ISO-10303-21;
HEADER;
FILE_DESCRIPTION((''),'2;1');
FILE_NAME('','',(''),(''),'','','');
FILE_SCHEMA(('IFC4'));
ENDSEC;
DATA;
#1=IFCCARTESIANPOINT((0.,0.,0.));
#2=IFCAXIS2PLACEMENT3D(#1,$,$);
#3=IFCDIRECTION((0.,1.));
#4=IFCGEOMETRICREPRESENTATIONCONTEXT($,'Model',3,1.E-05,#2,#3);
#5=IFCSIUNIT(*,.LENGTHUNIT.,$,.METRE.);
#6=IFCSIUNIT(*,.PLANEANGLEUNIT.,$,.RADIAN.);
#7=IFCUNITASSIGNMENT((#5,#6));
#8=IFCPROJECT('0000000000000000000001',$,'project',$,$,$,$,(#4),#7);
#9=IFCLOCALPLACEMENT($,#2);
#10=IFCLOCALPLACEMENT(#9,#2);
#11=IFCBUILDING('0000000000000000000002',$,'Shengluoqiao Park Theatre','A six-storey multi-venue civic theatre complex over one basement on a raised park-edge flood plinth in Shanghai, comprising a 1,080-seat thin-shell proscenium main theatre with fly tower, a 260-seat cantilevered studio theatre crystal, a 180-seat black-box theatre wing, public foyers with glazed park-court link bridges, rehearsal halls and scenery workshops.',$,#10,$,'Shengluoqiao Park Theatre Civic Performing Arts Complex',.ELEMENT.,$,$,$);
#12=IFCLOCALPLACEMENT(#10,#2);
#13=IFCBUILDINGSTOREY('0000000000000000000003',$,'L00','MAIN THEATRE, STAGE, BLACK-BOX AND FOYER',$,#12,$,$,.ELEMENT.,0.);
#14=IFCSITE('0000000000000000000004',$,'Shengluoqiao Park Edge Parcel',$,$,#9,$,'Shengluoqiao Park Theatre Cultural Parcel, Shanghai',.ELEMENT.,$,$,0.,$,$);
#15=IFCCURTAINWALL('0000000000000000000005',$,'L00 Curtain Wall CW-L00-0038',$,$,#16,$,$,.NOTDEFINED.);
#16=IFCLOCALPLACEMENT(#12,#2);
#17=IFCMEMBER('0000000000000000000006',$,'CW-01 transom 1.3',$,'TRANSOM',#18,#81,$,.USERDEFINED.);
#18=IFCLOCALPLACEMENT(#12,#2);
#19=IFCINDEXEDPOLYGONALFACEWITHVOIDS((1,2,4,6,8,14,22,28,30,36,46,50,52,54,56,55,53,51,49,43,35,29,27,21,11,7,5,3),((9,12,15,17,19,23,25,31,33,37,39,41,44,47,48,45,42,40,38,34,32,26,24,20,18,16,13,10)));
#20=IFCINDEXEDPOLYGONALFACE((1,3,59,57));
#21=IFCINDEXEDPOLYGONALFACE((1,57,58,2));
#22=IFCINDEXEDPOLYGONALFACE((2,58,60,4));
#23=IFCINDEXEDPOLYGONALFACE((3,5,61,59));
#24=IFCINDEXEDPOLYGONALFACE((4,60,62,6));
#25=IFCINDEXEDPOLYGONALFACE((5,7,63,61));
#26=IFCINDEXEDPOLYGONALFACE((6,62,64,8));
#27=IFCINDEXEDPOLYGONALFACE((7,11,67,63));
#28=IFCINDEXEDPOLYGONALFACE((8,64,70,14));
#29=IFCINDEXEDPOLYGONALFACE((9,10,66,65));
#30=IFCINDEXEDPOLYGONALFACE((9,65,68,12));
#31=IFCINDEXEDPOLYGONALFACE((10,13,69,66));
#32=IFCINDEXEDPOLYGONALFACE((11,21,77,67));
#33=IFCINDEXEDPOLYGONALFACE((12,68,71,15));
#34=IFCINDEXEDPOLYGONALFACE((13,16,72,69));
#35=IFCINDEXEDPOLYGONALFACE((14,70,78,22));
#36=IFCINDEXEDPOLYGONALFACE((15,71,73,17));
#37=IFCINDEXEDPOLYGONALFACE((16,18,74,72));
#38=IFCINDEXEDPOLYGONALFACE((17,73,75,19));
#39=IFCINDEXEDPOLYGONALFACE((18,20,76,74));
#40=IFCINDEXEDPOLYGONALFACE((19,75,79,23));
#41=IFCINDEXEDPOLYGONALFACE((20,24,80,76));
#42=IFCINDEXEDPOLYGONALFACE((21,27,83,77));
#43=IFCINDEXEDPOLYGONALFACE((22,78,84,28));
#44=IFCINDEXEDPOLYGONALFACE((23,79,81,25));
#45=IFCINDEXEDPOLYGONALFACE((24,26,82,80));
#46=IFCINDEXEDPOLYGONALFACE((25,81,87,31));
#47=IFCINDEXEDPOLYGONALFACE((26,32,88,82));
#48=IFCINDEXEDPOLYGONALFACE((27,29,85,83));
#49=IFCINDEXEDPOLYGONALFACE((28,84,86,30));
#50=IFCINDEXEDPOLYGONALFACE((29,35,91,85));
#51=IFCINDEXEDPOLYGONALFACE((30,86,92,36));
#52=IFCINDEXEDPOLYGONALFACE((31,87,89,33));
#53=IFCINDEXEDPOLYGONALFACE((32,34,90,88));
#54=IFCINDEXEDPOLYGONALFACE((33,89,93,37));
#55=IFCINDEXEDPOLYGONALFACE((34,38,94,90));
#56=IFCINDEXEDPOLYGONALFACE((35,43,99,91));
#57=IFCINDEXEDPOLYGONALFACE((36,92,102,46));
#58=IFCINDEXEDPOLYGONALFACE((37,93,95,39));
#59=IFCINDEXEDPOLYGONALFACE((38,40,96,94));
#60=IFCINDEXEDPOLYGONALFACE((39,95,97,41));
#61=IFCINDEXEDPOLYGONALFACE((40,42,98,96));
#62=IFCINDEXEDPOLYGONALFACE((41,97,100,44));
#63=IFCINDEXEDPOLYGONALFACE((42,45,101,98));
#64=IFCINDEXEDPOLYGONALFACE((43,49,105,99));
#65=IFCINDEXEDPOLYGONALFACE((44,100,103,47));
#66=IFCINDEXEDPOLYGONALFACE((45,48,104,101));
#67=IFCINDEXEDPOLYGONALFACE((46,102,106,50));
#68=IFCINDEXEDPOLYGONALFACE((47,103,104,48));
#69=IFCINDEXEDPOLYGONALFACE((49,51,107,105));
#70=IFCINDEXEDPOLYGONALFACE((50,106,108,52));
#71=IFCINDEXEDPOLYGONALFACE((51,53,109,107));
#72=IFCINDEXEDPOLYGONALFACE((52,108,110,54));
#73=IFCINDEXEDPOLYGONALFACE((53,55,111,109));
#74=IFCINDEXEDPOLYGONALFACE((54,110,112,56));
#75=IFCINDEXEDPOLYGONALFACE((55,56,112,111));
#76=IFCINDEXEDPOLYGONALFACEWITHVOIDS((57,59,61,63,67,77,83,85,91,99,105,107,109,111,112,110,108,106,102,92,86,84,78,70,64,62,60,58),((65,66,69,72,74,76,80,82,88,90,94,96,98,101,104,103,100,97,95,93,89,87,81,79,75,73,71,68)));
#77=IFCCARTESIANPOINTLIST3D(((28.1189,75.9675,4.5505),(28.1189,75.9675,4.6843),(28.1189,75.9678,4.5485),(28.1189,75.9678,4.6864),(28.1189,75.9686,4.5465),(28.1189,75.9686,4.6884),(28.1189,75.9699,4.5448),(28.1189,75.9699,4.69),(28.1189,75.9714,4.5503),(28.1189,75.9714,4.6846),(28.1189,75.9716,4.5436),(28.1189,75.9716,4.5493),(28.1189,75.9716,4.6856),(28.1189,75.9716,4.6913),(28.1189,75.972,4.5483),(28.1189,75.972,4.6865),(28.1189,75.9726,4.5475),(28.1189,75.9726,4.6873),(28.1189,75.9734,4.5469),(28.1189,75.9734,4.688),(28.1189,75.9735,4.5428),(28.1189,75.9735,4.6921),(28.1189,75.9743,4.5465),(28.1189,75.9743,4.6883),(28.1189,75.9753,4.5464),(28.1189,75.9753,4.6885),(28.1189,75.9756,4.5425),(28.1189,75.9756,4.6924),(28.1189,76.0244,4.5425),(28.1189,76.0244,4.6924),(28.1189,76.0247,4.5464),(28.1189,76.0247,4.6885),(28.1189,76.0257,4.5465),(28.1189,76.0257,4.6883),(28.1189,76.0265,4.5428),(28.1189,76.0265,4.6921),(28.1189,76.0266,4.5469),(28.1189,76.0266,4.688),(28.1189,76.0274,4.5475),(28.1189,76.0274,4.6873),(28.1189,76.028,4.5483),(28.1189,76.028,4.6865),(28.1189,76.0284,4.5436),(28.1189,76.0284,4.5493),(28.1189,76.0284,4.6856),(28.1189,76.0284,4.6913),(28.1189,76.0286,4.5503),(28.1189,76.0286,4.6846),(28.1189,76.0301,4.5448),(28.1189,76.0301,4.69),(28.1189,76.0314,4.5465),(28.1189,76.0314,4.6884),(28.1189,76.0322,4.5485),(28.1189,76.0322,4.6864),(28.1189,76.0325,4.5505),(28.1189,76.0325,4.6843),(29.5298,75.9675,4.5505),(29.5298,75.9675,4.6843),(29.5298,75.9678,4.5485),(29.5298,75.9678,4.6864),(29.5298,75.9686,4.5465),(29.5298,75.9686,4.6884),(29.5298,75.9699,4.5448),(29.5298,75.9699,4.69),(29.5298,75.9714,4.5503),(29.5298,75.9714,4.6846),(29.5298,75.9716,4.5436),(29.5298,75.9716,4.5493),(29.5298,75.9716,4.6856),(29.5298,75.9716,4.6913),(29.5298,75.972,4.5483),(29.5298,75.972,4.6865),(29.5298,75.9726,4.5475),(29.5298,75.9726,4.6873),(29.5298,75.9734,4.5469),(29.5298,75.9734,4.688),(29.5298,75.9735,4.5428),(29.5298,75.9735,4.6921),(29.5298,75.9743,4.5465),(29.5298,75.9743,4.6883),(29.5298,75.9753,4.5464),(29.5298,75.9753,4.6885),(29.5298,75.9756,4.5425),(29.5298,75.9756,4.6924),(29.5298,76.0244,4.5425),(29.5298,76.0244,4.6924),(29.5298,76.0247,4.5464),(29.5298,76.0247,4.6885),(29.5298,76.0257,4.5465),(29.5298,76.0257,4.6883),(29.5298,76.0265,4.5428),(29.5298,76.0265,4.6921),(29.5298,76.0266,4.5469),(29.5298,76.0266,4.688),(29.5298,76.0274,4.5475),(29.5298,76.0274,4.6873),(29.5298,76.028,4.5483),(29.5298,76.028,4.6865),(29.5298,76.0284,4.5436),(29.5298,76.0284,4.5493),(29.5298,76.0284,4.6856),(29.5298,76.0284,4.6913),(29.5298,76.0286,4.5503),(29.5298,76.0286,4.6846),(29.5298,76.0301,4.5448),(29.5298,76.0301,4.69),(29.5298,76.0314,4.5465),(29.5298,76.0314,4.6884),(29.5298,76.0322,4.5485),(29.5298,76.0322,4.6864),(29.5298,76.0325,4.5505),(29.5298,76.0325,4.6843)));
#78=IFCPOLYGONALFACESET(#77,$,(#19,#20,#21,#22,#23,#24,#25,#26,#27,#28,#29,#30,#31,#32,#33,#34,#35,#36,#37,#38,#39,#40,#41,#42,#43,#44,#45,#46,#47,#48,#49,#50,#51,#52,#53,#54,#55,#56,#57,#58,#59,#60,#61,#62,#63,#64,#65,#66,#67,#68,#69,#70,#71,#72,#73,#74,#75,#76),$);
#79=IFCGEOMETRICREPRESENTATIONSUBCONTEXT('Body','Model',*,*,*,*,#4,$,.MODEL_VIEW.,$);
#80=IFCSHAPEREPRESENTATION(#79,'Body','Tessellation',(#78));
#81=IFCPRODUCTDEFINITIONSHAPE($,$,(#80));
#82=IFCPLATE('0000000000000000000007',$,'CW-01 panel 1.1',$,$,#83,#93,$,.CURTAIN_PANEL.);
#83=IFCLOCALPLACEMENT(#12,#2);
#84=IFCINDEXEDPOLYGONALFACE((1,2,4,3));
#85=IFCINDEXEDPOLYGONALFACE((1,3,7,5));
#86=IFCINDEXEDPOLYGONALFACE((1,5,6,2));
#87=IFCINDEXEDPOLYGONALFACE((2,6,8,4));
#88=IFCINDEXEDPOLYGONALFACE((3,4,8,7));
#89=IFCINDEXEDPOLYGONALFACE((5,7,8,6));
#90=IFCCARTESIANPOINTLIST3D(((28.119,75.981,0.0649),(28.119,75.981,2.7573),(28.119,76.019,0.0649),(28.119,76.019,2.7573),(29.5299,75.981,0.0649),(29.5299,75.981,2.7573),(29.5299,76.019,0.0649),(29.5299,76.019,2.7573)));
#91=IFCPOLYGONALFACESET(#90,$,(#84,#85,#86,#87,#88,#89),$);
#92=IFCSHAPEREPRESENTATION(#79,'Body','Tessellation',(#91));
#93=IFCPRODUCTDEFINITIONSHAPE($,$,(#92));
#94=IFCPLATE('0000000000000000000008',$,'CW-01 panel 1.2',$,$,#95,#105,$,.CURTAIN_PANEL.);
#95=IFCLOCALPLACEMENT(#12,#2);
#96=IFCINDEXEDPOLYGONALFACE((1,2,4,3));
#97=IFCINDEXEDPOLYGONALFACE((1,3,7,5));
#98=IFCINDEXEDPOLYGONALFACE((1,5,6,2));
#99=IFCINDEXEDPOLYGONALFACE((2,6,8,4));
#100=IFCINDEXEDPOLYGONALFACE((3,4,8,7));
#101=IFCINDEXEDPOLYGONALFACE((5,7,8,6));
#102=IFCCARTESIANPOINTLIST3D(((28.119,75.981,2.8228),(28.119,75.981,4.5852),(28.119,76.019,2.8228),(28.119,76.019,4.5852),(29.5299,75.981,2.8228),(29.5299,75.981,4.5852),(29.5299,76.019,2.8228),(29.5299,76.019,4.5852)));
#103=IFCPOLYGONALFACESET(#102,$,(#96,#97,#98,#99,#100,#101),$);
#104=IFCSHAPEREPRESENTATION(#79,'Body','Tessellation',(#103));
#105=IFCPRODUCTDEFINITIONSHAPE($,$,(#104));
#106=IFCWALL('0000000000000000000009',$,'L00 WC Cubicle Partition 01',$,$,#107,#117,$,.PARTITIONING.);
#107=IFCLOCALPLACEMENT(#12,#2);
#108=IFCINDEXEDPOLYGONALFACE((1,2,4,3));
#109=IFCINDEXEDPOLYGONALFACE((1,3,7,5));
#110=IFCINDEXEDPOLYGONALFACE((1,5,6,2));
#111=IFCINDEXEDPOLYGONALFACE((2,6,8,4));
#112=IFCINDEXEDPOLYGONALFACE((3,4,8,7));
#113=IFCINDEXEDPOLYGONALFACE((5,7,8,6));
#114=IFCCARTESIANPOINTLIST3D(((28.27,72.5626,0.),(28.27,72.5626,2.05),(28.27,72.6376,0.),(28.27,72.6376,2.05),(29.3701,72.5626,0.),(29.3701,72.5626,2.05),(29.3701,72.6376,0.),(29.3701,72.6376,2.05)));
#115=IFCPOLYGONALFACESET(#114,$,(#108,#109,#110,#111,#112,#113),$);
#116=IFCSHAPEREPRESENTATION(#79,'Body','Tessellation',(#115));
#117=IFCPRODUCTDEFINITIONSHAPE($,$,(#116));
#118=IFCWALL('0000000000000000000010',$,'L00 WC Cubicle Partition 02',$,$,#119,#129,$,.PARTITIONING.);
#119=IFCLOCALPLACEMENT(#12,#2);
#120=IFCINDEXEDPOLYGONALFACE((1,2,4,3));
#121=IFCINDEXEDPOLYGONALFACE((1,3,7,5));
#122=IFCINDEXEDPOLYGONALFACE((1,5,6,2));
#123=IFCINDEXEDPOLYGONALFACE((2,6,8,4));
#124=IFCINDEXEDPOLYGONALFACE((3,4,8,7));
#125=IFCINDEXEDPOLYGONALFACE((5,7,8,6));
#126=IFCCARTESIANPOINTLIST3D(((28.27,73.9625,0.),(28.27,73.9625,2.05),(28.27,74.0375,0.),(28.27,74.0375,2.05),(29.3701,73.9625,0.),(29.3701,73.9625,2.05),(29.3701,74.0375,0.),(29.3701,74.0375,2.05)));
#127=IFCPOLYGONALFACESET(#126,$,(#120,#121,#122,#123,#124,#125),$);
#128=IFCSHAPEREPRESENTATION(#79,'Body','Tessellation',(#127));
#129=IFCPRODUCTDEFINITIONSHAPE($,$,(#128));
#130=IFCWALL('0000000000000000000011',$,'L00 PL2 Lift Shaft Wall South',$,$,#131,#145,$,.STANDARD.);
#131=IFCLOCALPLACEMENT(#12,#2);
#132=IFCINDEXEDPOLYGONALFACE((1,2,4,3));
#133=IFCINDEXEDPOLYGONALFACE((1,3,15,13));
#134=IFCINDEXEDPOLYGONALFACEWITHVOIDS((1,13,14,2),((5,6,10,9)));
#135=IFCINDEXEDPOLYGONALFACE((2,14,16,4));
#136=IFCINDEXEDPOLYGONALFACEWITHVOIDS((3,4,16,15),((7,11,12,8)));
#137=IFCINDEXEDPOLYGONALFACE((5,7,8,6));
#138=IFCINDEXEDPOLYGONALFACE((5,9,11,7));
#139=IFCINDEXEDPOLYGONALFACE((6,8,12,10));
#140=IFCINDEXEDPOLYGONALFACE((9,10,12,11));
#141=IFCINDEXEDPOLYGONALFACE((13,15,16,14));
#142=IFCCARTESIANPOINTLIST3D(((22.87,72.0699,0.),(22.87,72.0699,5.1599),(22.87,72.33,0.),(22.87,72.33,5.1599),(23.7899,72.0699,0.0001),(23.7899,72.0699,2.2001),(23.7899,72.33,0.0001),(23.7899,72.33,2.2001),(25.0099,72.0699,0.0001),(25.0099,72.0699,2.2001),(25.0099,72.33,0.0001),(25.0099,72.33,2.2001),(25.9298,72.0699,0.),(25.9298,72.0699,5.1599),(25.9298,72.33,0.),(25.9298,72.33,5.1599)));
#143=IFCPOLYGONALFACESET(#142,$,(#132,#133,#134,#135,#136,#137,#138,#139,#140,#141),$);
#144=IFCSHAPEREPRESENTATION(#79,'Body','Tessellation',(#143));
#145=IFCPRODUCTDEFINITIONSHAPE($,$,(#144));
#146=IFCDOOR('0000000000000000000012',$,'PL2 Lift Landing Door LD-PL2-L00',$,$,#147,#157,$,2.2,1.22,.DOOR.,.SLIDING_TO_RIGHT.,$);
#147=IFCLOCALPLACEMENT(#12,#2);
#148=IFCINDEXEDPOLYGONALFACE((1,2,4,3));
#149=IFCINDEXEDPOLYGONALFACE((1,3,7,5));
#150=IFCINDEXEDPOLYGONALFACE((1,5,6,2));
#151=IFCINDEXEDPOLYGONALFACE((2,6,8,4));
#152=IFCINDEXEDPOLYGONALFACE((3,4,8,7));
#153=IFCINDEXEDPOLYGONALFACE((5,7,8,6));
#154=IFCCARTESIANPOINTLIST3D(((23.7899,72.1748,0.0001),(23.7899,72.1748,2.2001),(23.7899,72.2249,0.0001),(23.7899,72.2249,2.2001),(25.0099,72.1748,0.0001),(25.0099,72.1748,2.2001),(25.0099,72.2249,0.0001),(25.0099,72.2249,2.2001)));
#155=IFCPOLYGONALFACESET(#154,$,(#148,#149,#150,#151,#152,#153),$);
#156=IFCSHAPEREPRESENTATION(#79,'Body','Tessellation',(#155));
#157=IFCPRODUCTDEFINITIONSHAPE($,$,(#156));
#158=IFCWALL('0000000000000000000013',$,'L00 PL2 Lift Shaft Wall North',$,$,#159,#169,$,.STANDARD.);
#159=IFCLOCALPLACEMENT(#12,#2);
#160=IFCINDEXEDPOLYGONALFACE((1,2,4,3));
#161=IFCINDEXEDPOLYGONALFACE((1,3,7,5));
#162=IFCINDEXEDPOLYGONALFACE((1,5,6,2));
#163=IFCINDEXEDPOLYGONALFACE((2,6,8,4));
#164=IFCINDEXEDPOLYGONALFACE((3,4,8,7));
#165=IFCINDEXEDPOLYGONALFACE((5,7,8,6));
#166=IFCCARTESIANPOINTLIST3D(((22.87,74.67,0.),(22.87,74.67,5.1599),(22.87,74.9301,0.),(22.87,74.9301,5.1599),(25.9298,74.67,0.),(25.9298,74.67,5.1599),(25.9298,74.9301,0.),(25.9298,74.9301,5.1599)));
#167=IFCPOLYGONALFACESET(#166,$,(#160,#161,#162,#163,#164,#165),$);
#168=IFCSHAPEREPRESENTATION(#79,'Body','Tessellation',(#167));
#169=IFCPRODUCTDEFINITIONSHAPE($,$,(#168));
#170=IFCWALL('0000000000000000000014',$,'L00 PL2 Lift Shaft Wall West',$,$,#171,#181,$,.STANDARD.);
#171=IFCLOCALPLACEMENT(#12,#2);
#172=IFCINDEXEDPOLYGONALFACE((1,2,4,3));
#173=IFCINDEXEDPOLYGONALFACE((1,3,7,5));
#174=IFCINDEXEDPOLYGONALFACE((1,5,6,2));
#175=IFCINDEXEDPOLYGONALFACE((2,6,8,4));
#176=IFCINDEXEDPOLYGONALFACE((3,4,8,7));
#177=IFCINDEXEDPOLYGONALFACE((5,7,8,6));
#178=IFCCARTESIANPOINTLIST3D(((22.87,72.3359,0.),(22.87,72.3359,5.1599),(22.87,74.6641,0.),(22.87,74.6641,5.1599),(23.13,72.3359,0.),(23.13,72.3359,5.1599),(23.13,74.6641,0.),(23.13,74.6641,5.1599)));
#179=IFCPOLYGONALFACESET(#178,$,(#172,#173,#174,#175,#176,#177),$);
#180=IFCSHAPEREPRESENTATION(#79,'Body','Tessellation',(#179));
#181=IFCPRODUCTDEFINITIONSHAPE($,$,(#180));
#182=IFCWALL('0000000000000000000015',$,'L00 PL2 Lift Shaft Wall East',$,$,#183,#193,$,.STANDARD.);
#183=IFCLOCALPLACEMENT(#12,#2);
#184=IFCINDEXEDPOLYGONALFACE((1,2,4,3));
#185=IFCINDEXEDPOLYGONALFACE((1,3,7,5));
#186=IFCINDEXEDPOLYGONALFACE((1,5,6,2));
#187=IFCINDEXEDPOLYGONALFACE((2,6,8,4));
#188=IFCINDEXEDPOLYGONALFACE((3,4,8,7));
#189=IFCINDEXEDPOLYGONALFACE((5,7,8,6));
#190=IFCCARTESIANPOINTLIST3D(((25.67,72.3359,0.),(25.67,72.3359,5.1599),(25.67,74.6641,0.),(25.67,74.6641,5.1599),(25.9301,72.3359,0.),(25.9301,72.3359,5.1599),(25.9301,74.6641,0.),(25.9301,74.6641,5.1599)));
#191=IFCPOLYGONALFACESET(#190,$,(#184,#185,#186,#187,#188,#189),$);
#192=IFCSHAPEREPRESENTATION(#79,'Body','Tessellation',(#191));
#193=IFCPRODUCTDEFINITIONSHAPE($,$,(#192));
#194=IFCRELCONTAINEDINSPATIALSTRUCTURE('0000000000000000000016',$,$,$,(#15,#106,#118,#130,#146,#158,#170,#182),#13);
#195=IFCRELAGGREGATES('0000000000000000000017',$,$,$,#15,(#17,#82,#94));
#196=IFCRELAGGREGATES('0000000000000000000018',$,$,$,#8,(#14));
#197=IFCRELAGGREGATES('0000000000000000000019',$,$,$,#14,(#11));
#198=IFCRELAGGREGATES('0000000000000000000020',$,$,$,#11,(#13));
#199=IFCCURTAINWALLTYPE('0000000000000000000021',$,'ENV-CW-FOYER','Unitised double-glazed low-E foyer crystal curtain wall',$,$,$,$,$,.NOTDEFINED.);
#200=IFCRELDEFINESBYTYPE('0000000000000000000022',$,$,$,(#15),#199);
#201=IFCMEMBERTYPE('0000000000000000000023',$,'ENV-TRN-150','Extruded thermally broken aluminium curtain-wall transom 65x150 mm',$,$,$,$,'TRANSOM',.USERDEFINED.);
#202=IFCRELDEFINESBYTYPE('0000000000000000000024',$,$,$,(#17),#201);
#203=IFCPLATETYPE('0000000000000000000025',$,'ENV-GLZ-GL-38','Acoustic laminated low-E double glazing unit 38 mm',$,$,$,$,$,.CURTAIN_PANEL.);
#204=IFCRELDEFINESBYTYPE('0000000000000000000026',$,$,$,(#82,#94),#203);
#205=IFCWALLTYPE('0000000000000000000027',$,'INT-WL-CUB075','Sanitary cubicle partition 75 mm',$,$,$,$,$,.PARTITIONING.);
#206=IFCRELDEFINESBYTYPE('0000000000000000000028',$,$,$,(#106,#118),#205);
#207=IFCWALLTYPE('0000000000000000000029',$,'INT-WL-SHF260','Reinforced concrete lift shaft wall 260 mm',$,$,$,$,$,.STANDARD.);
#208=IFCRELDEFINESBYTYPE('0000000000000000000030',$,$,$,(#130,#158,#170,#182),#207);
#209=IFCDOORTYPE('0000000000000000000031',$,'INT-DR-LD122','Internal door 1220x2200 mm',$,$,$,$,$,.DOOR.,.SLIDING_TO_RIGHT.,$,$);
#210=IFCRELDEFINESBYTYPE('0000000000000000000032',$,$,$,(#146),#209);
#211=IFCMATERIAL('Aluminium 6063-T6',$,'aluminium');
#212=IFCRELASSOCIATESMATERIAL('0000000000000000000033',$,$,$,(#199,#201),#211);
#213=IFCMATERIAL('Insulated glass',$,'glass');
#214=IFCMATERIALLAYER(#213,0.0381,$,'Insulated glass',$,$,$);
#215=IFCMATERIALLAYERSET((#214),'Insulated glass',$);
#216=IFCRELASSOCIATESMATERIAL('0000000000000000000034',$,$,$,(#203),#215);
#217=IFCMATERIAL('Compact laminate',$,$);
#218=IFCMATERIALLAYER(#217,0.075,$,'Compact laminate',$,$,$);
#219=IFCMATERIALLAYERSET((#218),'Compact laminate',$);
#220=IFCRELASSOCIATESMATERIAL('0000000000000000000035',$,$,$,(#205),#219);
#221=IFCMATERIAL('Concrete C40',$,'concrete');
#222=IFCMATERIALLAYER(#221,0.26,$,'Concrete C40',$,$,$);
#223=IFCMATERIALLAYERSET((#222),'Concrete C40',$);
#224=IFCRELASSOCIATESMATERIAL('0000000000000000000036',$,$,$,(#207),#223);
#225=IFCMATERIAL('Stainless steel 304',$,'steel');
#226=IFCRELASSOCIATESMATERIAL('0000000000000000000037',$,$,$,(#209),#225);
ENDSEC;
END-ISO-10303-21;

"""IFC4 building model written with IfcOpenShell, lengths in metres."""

from ifc_helpers import new_model, si_unit, direction, frame, frame_2d, origin, origin_2d, place, context, subcontext, project, spatial, rectangle, hollow_rectangle, extrude, material, layer, layer_set, material_profile, profile_set, type_object, element, fill, aggregate, save


model = new_model("IFC4")

# Units and contexts
model_context = context("Model", 3, precision=1e-05, world=origin(), true_north=direction((0.0, 1.0)))
body_context = subcontext(model_context, "Body", "Model", "MODEL_VIEW")
ifc_project = project(units=[si_unit("LENGTHUNIT", "METRE"), si_unit("PLANEANGLEUNIT", "RADIAN")], contexts=[model_context])

# Site, building, storey
site_placement = place(None, origin())
site = spatial("IfcSite", under=ifc_project, at=site_placement, Name="Shengluoqiao Park Edge Parcel", LongName="Shengluoqiao Park Theatre Cultural Parcel, Shanghai", CompositionType="ELEMENT", RefElevation=0.0)
building_placement = place(site_placement, origin())
building = spatial("IfcBuilding", under=site, at=building_placement, Name="Shengluoqiao Park Theatre", Description="A six-storey multi-venue civic theatre complex over one basement on a raised park-edge flood plinth in Shanghai, comprising a 1,080-seat thin-shell proscenium main theatre with fly tower, a 260-seat cantilevered studio theatre crystal, a 180-seat black-box theatre wing, public foyers with glazed park-court link bridges, rehearsal halls and scenery workshops.", LongName="Shengluoqiao Park Theatre Civic Performing Arts Complex", CompositionType="ELEMENT")
storey_placement = place(building_placement, origin())
storey = spatial("IfcBuildingStorey", under=building, at=storey_placement, Name="L00", Description="MAIN THEATRE, STAGE, BLACK-BOX AND FOYER", CompositionType="ELEMENT", Elevation=0.0)

# Shared definitions
ifc_material_1 = material(Name="Concrete C40", Category="concrete")

# Curtain wall, member, plates
ifc_material_2 = material(Name="Aluminium 6063-T6", Category="aluminium")
curtain_wall_type = type_object("IfcCurtainWallType", Name="ENV-CW-FOYER", Description="Unitised double-glazed low-E foyer crystal curtain wall", PredefinedType="NOTDEFINED", material=ifc_material_2)
curtain_wall_placement = place(storey_placement, origin())
curtain_wall = element("IfcCurtainWall", 1, at=curtain_wall_placement, inside=storey, type_object=curtain_wall_type, Name="L00 Curtain Wall CW-L00-0038", PredefinedType="NOTDEFINED")
ifc_material_profile_1 = material_profile(ifc_material_2, hollow_rectangle(XDim=0.0649, YDim=0.1499, WallThickness=0.0039, InnerFilletRadius=0.0039, OuterFilletRadius=0.0081, at=origin_2d()), Name="ALU TRANSOM 150x65x4")
ifc_profile_set_1 = profile_set([ifc_material_profile_1], Name="Aluminium 6063-T6")
member_type_1 = type_object("IfcMemberType", Name="ENV-TRN-150", Description="Extruded thermally broken aluminium curtain-wall transom 65x150 mm", ElementType="TRANSOM", PredefinedType="USERDEFINED", material=ifc_profile_set_1)
member_1_placement = place(storey_placement, frame((28.1189, 76.0, 4.6174), z_axis=(1.0, 0.0, 0.0), x_axis=(0.0, 1.0, 0.0)))
member_1 = element("IfcMember", 2, at=member_1_placement, type_object=member_type_1, Name="CW-01 transom 1.3", ObjectType="TRANSOM", PredefinedType="USERDEFINED", context=body_context, shape_type="SweptSolid", body=[
    extrude(hollow_rectangle(XDim=0.0649, YDim=0.1499, WallThickness=0.0039, InnerFilletRadius=0.0039, OuterFilletRadius=0.0081, at=origin_2d()), origin(), (0.0, 0.0, 1.0), 1.4109),
])
ifc_material_3 = material(Name="Insulated glass", Category="glass")
ifc_layer_1 = layer(ifc_material_3, 0.0381, Name="Insulated glass")
ifc_layer_set_1 = layer_set([ifc_layer_1], Name="Insulated glass")
plate_type = type_object("IfcPlateType", Name="ENV-GLZ-GL-38", Description="Acoustic laminated low-E double glazing unit 38 mm", PredefinedType="CURTAIN_PANEL", material=ifc_layer_set_1)
plate_1_placement = place(storey_placement, frame((28.8245, 76.0, 0.0649), z_axis=(0.0, 0.0, 1.0), x_axis=(1.0, 0.0, 0.0)))
plate_1 = element("IfcPlate", 3, at=plate_1_placement, type_object=plate_type, Name="CW-01 panel 1.1", PredefinedType="CURTAIN_PANEL", context=body_context, shape_type="SweptSolid", body=[
    extrude(rectangle(XDim=1.4109, YDim=0.0381, at=origin_2d()), origin(), (0.0, 0.0, 1.0), 2.6924),
])
plate_2_placement = place(storey_placement, frame((28.8245, 76.0, 2.8228), z_axis=(0.0, 0.0, 1.0), x_axis=(1.0, 0.0, 0.0)))
plate_2 = element("IfcPlate", 4, at=plate_2_placement, type_object=plate_type, Name="CW-01 panel 1.2", PredefinedType="CURTAIN_PANEL", context=body_context, shape_type="SweptSolid", body=[
    extrude(rectangle(XDim=1.4109, YDim=0.0381, at=origin_2d()), origin(), (0.0, 0.0, 1.0), 1.7625),
])
aggregate(curtain_wall, [member_1, plate_1, plate_2])

# Walls
ifc_material_4 = material(Name="Compact laminate")
ifc_layer_2 = layer(ifc_material_4, 0.075, Name="Compact laminate")
ifc_layer_set_2 = layer_set([ifc_layer_2], Name="Compact laminate")
wall_type_1 = type_object("IfcWallType", Name="INT-WL-CUB075", Description="Sanitary cubicle partition 75 mm", PredefinedType="PARTITIONING", material=ifc_layer_set_2)
for number, where, z_axis, x_axis, name in (
    (5, (28.27, 72.6001, 0.0), (0.0, 0.0, 1.0), (1.0, 0.0, 0.0), "L00 WC Cubicle Partition 01"),
    (6, (28.27, 74.0, 0.0), (0.0, 0.0, 1.0), (1.0, 0.0, 0.0), "L00 WC Cubicle Partition 02"),
):
    element("IfcWall", number, at=place(storey_placement, frame(where, z_axis=z_axis, x_axis=x_axis)), inside=storey, type_object=wall_type_1, Name=name, PredefinedType="PARTITIONING", context=body_context, shape_type="SweptSolid", body=[
        extrude(rectangle(XDim=1.1001, YDim=0.075, at=frame_2d((0.55, 0.0))), origin(), (0.0, 0.0, 1.0), 2.05),
    ])

# Wall, opening, door
ifc_layer_3 = layer(ifc_material_1, 0.26, Name="Concrete C40")
ifc_layer_set_3 = layer_set([ifc_layer_3], Name="Concrete C40")
wall_type_2 = type_object("IfcWallType", Name="INT-WL-SHF260", Description="Reinforced concrete lift shaft wall 260 mm", PredefinedType="STANDARD", material=ifc_layer_set_3)
wall_1_placement = place(storey_placement, frame((22.8701, 72.2, 0.0), z_axis=(0.0, 0.0, 1.0), x_axis=(1.0, 0.0, 0.0)))
wall_1 = element("IfcWall", 7, at=wall_1_placement, inside=storey, type_object=wall_type_2, Name="L00 PL2 Lift Shaft Wall South", PredefinedType="STANDARD", context=body_context, shape_type="SweptSolid", body=[
    extrude(rectangle(XDim=3.0598, YDim=0.26, at=frame_2d((1.5298, 0.0))), origin(), (0.0, 0.0, 1.0), 5.1599),
])
opening_1_placement = place(wall_1_placement, frame((0.9199, 0.0, 0.0)))
opening_1 = element("IfcOpeningElement", 8, at=opening_1_placement, cuts=wall_1, PredefinedType="OPENING", context=body_context, shape_type="SweptSolid", body=[
    extrude(rectangle(XDim=1.22, YDim=2.2, at=frame_2d((0.6099, 1.1001))), frame((0.0, 0.1399, 0.0), z_axis=(0.0, -1.0, 0.0), x_axis=(1.0, 0.0, 0.0)), (0.0, 0.0, 1.0), 0.28),
])
ifc_material_5 = material(Name="Stainless steel 304", Category="steel")
door_type_1 = type_object("IfcDoorType", Name="INT-DR-LD122", Description="Internal door 1220x2200 mm", OperationType="SLIDING_TO_RIGHT", PredefinedType="DOOR", material=ifc_material_5)
door_1_placement = place(opening_1_placement, origin())
door_1 = element("IfcDoor", 9, at=door_1_placement, inside=storey, type_object=door_type_1, Name="PL2 Lift Landing Door LD-PL2-L00", OperationType="SLIDING_TO_RIGHT", OverallHeight=2.2, OverallWidth=1.22, PredefinedType="DOOR", context=body_context, shape_type="SweptSolid", body=[
    extrude(rectangle(XDim=1.22, YDim=2.2, at=frame_2d((0.6099, 1.1001))), frame((0.0, 0.0249, 0.0), z_axis=(0.0, -1.0, 0.0), x_axis=(1.0, 0.0, 0.0)), (0.0, 0.0, 1.0), 0.05),
])
fill(opening_1, door_1)

# Walls
wall_2_placement = place(storey_placement, frame((22.8701, 74.8, 0.0), z_axis=(0.0, 0.0, 1.0), x_axis=(1.0, 0.0, 0.0)))
element("IfcWall", 10, at=wall_2_placement, inside=storey, type_object=wall_type_2, Name="L00 PL2 Lift Shaft Wall North", PredefinedType="STANDARD", context=body_context, shape_type="SweptSolid", body=[
    extrude(rectangle(XDim=3.0598, YDim=0.26, at=frame_2d((1.5298, 0.0))), origin(), (0.0, 0.0, 1.0), 5.1599),
])
for number, where, z_axis, x_axis, name in (
    (11, (23.0, 72.3359, 0.0), (0.0, 0.0, 1.0), (0.0, 1.0, 0.0), "L00 PL2 Lift Shaft Wall West"),
    (12, (25.8, 72.3359, 0.0), (0.0, 0.0, 1.0), (0.0, 1.0, 0.0), "L00 PL2 Lift Shaft Wall East"),
):
    element("IfcWall", number, at=place(storey_placement, frame(where, z_axis=z_axis, x_axis=x_axis)), inside=storey, type_object=wall_type_2, Name=name, PredefinedType="STANDARD", context=body_context, shape_type="SweptSolid", body=[
        extrude(rectangle(XDim=2.3281, YDim=0.26, at=frame_2d((1.1641, 0.0))), origin(), (0.0, 0.0, 1.0), 5.1599),
    ])

save(model, "model.ifc")
